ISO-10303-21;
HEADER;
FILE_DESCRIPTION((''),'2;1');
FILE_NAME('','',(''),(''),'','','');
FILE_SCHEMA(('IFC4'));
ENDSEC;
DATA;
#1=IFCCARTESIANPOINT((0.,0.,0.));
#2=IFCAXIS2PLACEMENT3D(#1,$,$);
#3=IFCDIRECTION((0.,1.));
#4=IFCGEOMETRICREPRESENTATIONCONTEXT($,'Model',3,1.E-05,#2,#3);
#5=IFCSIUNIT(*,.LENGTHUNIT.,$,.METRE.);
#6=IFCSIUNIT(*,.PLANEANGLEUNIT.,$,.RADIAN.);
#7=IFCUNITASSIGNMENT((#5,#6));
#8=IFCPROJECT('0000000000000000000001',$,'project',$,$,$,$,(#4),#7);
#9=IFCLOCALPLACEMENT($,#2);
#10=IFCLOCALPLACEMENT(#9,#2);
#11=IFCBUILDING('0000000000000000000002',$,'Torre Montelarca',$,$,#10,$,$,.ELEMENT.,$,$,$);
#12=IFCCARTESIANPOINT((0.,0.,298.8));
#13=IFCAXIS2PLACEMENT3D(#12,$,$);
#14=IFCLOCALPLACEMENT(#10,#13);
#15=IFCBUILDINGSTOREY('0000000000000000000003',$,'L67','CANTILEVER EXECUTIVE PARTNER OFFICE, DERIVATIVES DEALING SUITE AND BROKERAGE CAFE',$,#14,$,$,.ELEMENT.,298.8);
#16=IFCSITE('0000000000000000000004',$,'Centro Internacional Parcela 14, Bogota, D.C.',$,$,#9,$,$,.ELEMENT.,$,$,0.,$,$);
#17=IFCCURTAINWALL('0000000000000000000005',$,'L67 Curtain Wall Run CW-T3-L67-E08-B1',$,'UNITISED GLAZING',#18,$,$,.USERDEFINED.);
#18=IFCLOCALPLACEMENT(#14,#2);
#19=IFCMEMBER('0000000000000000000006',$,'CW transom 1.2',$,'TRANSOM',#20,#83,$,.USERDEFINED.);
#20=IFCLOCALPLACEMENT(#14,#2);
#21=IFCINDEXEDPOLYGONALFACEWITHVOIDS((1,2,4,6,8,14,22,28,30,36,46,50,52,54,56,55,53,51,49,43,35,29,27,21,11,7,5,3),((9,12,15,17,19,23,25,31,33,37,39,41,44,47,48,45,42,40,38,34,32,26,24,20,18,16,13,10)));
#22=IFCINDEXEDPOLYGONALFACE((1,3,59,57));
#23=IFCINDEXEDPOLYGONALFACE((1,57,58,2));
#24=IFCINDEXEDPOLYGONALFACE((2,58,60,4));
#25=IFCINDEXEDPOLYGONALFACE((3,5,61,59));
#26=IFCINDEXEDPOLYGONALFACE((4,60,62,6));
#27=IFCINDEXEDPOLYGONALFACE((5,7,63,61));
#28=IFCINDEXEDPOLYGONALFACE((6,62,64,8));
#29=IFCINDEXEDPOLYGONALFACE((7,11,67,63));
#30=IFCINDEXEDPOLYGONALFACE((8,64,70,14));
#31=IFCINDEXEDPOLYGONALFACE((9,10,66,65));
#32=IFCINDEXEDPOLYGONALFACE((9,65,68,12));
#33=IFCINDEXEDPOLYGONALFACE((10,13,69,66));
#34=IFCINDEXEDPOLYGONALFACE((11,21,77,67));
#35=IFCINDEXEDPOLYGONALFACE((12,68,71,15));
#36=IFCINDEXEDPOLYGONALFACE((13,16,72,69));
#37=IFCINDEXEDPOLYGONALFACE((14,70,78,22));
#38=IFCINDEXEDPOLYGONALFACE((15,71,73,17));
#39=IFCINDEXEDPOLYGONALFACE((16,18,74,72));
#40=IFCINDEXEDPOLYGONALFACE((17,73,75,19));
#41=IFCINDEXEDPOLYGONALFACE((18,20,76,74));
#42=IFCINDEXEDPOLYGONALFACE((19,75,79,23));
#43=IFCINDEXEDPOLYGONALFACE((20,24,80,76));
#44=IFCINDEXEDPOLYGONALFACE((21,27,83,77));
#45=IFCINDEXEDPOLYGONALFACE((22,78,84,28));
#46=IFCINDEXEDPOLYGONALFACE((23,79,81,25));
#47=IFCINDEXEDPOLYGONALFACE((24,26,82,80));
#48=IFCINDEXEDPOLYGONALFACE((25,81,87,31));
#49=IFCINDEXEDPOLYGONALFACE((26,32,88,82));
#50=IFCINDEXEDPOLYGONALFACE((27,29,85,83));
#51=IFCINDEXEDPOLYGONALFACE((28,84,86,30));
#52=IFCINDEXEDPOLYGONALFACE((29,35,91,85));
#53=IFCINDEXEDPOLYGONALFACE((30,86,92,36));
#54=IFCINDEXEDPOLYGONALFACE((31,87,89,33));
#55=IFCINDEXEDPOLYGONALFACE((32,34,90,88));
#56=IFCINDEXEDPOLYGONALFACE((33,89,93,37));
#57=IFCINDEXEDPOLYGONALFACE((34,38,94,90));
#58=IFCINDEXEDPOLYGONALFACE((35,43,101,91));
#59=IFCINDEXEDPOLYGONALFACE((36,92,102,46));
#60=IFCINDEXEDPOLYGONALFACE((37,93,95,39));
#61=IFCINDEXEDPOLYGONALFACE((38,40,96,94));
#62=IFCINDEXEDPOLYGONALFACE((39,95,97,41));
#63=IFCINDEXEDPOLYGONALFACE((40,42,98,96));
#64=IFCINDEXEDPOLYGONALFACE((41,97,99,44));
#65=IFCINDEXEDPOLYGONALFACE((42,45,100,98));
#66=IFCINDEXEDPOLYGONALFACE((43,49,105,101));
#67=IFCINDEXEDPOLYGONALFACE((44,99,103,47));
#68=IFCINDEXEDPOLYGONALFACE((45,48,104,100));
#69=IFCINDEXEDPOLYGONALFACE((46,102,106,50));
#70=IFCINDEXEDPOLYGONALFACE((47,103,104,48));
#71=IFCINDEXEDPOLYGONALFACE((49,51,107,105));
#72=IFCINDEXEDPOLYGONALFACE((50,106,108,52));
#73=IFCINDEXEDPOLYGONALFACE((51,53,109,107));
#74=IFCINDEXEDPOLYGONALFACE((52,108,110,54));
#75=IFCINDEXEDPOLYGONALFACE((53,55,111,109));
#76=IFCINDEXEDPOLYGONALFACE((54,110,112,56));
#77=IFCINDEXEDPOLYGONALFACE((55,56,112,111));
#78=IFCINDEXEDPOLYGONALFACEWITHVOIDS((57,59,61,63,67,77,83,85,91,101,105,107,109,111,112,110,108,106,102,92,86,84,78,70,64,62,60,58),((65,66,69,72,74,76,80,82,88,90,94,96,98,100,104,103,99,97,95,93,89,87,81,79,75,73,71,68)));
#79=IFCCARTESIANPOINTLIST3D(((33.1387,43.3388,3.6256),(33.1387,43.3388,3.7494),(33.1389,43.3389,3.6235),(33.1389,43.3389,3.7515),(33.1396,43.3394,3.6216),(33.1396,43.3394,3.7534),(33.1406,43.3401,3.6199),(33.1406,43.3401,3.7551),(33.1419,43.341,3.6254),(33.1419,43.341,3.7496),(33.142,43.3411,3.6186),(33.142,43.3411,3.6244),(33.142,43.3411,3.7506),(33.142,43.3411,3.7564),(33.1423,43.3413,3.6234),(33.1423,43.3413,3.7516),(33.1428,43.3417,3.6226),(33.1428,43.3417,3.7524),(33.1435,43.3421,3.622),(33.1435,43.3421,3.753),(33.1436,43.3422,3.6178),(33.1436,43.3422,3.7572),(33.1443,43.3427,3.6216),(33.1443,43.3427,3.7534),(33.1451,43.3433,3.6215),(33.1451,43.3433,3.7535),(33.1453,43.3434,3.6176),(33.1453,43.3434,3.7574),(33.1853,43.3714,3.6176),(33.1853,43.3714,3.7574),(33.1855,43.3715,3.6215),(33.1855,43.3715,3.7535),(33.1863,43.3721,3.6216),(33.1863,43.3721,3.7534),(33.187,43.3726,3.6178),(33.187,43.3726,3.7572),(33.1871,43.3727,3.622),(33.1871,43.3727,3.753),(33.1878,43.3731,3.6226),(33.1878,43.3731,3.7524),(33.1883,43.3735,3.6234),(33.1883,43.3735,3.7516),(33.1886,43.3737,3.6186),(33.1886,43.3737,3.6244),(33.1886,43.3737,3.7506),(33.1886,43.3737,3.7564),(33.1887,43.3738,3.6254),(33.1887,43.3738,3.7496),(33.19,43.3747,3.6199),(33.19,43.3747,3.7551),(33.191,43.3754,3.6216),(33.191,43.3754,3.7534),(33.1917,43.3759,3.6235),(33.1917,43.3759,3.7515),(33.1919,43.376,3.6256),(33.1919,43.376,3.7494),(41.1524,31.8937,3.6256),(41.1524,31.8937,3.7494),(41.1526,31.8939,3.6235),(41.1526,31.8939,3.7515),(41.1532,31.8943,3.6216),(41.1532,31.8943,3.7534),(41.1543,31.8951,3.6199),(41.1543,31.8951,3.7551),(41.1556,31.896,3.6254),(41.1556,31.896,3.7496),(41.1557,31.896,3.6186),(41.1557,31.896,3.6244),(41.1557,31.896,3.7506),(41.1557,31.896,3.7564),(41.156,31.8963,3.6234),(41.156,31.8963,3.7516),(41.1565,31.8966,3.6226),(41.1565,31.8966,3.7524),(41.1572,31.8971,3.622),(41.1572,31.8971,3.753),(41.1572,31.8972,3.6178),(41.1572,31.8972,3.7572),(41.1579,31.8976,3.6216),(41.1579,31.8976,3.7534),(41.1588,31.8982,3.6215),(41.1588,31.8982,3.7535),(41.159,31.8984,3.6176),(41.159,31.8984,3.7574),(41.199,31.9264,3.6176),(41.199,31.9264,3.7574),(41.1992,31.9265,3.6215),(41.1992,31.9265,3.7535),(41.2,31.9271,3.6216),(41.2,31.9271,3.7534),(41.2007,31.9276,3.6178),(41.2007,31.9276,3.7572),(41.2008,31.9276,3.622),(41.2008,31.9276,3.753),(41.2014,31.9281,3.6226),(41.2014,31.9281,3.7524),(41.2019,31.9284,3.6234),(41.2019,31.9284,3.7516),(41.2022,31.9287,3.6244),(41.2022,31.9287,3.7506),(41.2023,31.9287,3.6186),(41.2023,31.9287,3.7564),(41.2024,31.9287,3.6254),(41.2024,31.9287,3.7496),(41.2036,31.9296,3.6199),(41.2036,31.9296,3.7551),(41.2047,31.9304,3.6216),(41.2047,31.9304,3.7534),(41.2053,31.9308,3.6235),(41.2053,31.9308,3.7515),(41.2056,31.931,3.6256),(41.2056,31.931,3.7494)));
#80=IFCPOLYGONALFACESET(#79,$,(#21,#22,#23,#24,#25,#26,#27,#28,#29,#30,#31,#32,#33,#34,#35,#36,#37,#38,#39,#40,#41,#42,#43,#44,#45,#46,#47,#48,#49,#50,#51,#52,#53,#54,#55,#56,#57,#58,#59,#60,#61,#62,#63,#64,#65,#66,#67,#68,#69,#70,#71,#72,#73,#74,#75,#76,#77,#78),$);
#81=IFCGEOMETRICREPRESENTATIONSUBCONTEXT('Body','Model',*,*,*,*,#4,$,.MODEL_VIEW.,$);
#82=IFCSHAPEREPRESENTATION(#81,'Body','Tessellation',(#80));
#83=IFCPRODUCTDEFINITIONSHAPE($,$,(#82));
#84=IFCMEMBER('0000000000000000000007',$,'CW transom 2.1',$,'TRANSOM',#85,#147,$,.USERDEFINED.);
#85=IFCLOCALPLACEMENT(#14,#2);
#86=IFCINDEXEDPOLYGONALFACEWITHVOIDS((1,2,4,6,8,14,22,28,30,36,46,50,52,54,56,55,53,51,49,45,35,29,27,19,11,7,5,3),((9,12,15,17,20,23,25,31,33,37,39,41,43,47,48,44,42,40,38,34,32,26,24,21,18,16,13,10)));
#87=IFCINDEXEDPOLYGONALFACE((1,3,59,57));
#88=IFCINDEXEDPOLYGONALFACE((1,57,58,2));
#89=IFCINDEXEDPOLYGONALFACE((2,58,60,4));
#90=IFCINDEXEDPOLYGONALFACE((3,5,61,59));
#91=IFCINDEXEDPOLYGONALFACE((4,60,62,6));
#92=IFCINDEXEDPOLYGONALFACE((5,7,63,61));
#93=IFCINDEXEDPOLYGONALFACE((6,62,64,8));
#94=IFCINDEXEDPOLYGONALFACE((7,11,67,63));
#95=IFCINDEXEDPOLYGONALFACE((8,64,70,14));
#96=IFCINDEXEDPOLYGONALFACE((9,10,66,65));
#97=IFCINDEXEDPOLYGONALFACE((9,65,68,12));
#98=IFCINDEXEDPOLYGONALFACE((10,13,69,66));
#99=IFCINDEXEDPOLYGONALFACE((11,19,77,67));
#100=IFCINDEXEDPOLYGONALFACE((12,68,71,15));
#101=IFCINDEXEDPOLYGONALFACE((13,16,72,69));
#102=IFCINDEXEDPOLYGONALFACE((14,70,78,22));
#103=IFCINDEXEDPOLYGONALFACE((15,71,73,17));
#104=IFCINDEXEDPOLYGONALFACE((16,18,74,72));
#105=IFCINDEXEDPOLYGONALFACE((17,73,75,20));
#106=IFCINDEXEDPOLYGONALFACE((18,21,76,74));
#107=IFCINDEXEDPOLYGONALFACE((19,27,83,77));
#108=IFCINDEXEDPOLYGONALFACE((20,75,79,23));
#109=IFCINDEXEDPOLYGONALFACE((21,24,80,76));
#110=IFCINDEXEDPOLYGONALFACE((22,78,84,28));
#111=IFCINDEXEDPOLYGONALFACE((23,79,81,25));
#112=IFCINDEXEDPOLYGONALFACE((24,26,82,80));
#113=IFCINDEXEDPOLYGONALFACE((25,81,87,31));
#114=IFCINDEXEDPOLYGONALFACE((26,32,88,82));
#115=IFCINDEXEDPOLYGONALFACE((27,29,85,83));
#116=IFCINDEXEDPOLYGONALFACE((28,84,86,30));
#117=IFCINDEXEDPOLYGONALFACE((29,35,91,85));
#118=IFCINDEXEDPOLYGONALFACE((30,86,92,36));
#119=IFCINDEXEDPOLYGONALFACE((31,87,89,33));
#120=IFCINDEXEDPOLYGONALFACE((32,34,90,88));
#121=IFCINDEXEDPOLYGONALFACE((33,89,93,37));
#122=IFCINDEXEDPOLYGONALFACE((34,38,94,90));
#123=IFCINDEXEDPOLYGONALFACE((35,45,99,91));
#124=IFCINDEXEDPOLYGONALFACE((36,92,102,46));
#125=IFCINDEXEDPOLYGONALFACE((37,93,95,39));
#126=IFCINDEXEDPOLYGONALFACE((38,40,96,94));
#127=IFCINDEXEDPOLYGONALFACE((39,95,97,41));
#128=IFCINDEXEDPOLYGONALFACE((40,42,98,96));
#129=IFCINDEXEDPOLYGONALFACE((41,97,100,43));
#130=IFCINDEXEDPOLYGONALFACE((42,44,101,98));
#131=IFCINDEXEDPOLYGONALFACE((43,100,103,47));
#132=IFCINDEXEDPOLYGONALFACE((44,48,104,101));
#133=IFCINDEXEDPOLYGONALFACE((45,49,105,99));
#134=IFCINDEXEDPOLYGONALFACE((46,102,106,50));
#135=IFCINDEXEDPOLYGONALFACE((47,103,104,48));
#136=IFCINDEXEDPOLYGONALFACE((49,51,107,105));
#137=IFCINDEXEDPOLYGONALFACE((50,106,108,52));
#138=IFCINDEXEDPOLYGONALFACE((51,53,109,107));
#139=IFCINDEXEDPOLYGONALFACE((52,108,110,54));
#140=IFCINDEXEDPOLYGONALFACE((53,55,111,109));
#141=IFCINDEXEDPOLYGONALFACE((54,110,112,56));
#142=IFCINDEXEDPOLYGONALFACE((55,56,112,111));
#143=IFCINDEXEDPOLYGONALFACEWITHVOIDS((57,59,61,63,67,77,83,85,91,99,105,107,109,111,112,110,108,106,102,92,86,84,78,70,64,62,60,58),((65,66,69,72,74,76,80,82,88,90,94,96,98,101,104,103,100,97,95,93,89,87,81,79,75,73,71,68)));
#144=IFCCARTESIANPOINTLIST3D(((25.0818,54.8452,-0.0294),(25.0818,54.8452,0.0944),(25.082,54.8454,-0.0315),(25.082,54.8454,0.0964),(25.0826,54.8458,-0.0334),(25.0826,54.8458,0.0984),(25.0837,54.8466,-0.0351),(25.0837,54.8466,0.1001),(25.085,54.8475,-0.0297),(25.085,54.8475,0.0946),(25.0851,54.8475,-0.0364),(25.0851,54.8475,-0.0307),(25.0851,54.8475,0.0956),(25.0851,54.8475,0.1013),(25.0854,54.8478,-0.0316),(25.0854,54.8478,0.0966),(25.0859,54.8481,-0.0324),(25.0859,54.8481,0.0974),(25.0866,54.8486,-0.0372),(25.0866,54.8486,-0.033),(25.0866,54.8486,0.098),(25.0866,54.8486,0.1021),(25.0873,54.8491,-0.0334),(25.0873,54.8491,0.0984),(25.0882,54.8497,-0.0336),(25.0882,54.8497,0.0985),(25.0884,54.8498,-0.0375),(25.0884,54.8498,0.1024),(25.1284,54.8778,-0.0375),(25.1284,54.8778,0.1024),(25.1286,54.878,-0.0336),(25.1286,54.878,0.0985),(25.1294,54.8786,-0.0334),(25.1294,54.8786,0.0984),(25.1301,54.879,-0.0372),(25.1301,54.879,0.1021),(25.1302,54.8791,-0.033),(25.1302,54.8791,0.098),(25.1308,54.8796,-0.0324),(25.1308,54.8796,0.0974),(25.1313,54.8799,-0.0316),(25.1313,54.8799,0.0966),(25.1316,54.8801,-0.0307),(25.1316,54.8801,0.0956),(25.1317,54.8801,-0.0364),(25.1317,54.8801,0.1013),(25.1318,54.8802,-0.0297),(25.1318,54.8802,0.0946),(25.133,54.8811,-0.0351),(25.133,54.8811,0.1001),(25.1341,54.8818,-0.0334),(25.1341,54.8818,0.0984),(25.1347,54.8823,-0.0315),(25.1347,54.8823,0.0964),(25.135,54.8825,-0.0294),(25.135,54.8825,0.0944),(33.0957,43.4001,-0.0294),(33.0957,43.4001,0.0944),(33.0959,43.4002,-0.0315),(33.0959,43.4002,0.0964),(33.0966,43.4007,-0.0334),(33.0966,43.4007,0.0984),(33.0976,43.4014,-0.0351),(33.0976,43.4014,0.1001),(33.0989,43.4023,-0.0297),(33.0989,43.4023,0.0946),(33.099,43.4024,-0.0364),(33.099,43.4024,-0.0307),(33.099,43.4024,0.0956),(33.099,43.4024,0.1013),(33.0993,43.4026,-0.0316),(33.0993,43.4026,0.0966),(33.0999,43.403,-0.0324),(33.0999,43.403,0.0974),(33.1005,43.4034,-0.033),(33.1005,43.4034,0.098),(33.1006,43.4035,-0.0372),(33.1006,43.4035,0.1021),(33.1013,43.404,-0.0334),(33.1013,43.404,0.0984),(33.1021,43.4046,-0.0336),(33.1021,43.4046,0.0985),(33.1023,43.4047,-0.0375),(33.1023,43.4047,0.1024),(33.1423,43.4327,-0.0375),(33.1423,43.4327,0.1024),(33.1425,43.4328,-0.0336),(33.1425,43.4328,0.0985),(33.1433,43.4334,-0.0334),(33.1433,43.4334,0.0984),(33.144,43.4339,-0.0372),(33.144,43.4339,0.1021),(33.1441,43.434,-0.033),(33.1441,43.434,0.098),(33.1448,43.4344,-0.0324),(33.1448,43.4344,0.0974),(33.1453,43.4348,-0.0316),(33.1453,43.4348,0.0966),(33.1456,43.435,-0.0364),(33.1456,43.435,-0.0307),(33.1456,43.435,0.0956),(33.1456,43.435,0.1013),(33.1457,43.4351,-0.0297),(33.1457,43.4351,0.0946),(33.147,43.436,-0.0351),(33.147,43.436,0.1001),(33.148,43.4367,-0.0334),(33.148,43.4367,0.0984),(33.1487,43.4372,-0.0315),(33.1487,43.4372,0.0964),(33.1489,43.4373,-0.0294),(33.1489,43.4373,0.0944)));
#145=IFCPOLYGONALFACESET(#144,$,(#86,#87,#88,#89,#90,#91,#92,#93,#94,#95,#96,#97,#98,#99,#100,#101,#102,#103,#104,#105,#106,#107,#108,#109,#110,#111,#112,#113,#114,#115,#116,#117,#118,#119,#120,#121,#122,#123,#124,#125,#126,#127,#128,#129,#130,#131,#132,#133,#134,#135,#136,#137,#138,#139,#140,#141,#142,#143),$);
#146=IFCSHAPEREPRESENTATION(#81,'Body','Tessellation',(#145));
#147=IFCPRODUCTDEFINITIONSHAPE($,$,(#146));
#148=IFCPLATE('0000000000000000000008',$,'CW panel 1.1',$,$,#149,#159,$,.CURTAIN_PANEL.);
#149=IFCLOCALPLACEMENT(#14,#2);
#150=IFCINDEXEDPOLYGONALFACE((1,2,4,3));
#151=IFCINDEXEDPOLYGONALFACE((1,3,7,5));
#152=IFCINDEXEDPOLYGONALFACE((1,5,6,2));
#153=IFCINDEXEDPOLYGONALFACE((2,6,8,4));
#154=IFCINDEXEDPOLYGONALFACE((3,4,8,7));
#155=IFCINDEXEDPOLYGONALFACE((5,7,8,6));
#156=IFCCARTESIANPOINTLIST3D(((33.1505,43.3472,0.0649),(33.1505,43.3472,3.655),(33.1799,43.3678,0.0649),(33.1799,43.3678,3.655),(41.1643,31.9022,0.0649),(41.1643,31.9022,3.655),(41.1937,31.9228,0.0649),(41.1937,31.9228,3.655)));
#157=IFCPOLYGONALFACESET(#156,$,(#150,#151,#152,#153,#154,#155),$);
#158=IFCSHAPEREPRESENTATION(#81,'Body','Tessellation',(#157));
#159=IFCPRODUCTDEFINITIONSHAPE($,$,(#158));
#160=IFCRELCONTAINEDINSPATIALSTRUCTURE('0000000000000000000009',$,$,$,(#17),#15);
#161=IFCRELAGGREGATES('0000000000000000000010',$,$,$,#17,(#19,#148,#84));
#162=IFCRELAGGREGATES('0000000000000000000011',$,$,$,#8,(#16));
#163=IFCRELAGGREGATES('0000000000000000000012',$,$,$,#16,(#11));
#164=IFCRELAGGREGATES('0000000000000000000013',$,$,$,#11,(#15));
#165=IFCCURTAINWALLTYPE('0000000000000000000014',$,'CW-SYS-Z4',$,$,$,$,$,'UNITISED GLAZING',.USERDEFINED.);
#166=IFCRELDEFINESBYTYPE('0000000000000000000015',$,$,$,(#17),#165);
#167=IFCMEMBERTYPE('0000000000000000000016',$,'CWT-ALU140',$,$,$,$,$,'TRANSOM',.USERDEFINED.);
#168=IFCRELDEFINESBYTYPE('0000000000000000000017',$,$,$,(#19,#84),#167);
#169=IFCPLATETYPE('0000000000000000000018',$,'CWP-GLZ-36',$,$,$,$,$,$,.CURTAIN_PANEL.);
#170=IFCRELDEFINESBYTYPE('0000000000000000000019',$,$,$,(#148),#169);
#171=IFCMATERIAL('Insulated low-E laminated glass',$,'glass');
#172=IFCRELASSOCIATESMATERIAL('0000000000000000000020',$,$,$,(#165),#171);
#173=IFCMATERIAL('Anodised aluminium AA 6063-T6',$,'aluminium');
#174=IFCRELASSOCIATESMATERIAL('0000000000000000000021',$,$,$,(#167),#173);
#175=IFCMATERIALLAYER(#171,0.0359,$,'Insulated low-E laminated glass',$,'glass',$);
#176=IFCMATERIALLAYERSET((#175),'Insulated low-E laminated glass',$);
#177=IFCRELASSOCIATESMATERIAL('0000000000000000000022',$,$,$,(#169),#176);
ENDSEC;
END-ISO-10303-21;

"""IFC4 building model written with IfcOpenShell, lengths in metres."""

from ifc_helpers import new_model, si_unit, direction, frame, origin, origin_2d, place, context, subcontext, project, spatial, rectangle, hollow_rectangle, extrude, source, transform, mapped, material, layer, layer_set, material_profile, profile_set, type_object, element, aggregate, save


model = new_model("IFC4")

# Units and contexts
model_context = context("Model", 3, precision=1e-05, world=origin(), true_north=direction((0.0, 1.0)))
body_context = subcontext(model_context, "Body", "Model", "MODEL_VIEW")
ifc_project = project(units=[si_unit("LENGTHUNIT", "METRE"), si_unit("PLANEANGLEUNIT", "RADIAN")], contexts=[model_context])

# Site, building, storey
site_placement = place(None, origin())
site = spatial("IfcSite", under=ifc_project, at=site_placement, Name="Centro Internacional Parcela 14, Bogota, D.C.", CompositionType="ELEMENT", RefElevation=0.0)
building_placement = place(site_placement, origin())
building = spatial("IfcBuilding", under=site, at=building_placement, Name="Torre Montelarca", CompositionType="ELEMENT")
storey_placement = place(building_placement, frame((0.0, 0.0, 298.8)))
storey = spatial("IfcBuildingStorey", under=building, at=storey_placement, Name="L67", Description="CANTILEVER EXECUTIVE PARTNER OFFICE, DERIVATIVES DEALING SUITE AND BROKERAGE CAFE", CompositionType="ELEMENT", Elevation=298.8)

# Shared definitions
ifc_material_1 = material(Name="Insulated low-E laminated glass", Category="glass")
curtain_wall_type = type_object("IfcCurtainWallType", Name="CW-SYS-Z4", ElementType="UNITISED GLAZING", PredefinedType="USERDEFINED", material=ifc_material_1)
ifc_material_2 = material(Name="Anodised aluminium AA 6063-T6", Category="aluminium")

# Curtain wall, members, plate
curtain_wall_1_placement = place(storey_placement, origin())
curtain_wall_1 = element("IfcCurtainWall", 1, at=curtain_wall_1_placement, inside=storey, type_object=curtain_wall_type, Name="L67 Curtain Wall Run CW-T3-L67-E08-B1", ObjectType="UNITISED GLAZING", PredefinedType="USERDEFINED")
ifc_material_profile_1 = material_profile(ifc_material_2, hollow_rectangle(XDim=0.0649, YDim=0.1399, WallThickness=0.0039, InnerFilletRadius=0.0039, OuterFilletRadius=0.0081, at=origin_2d()), Name="ALU65X140X4", Category="aluminium")
ifc_profile_set_1 = profile_set([ifc_material_profile_1], Name="Anodised aluminium AA 6063-T6")
member_type_1 = type_object("IfcMemberType", Name="CWT-ALU140", ElementType="TRANSOM", PredefinedType="USERDEFINED", material=ifc_profile_set_1)
shared_shape_1 = source(origin(), body_context, "Body", "SweptSolid", [
    extrude(hollow_rectangle(XDim=0.0649, YDim=0.1399, WallThickness=0.0039, InnerFilletRadius=0.0039, OuterFilletRadius=0.0081, at=origin_2d()), origin(), (0.0, 0.0, 1.0), 13.9717),
])
member_1_placement = place(storey_placement, frame((41.179, 31.9124, 3.6875), z_axis=(-0.573564, 0.81916, 0.0), x_axis=(-0.81916, -0.573564, 0.0)))
member_1 = element("IfcMember", 2, at=member_1_placement, type_object=member_type_1, Name="CW transom 1.2", ObjectType="TRANSOM", PredefinedType="USERDEFINED", context=body_context, shape_type="MappedRepresentation", body=[
    mapped(shared_shape_1, transform((0.0, 0.0, 0.0), scale=1.0)),
])
shared_shape_2 = source(origin(), body_context, "Body", "SweptSolid", [
    extrude(hollow_rectangle(XDim=0.0649, YDim=0.1399, WallThickness=0.0039, InnerFilletRadius=0.0039, OuterFilletRadius=0.0081, at=origin_2d()), origin(), (0.0, 0.0, 1.0), 13.9719),
])
member_2_placement = place(storey_placement, frame((33.1223, 43.4187, 0.0325), z_axis=(-0.573576, 0.819152, 0.0), x_axis=(-0.819152, -0.573576, 0.0)))
member_2 = element("IfcMember", 3, at=member_2_placement, type_object=member_type_1, Name="CW transom 2.1", ObjectType="TRANSOM", PredefinedType="USERDEFINED", context=body_context, shape_type="MappedRepresentation", body=[
    mapped(shared_shape_2, transform((0.0, 0.0, 0.0), scale=1.0)),
])
ifc_layer_1 = layer(ifc_material_1, 0.0359, Name="Insulated low-E laminated glass", Category="glass")
ifc_layer_set_1 = layer_set([ifc_layer_1], Name="Insulated low-E laminated glass")
plate_type = type_object("IfcPlateType", Name="CWP-GLZ-36", PredefinedType="CURTAIN_PANEL", material=ifc_layer_set_1)
shared_shape_3 = source(origin(), body_context, "Body", "SweptSolid", [
    extrude(rectangle(XDim=13.9717, YDim=0.0359, at=origin_2d()), origin(), (0.0, 0.0, 1.0), 3.5901),
])
plate_placement = place(storey_placement, frame((37.1721, 37.635, 0.0649), z_axis=(0.0, 0.0, 1.0), x_axis=(-0.573571, 0.819156, 0.0)))
plate = element("IfcPlate", 4, at=plate_placement, type_object=plate_type, Name="CW panel 1.1", PredefinedType="CURTAIN_PANEL", context=body_context, shape_type="MappedRepresentation", body=[
    mapped(shared_shape_3, transform((0.0, 0.0, 0.0), scale=1.0)),
])
aggregate(curtain_wall_1, [member_1, plate, member_2])

save(model, "model.ifc")
